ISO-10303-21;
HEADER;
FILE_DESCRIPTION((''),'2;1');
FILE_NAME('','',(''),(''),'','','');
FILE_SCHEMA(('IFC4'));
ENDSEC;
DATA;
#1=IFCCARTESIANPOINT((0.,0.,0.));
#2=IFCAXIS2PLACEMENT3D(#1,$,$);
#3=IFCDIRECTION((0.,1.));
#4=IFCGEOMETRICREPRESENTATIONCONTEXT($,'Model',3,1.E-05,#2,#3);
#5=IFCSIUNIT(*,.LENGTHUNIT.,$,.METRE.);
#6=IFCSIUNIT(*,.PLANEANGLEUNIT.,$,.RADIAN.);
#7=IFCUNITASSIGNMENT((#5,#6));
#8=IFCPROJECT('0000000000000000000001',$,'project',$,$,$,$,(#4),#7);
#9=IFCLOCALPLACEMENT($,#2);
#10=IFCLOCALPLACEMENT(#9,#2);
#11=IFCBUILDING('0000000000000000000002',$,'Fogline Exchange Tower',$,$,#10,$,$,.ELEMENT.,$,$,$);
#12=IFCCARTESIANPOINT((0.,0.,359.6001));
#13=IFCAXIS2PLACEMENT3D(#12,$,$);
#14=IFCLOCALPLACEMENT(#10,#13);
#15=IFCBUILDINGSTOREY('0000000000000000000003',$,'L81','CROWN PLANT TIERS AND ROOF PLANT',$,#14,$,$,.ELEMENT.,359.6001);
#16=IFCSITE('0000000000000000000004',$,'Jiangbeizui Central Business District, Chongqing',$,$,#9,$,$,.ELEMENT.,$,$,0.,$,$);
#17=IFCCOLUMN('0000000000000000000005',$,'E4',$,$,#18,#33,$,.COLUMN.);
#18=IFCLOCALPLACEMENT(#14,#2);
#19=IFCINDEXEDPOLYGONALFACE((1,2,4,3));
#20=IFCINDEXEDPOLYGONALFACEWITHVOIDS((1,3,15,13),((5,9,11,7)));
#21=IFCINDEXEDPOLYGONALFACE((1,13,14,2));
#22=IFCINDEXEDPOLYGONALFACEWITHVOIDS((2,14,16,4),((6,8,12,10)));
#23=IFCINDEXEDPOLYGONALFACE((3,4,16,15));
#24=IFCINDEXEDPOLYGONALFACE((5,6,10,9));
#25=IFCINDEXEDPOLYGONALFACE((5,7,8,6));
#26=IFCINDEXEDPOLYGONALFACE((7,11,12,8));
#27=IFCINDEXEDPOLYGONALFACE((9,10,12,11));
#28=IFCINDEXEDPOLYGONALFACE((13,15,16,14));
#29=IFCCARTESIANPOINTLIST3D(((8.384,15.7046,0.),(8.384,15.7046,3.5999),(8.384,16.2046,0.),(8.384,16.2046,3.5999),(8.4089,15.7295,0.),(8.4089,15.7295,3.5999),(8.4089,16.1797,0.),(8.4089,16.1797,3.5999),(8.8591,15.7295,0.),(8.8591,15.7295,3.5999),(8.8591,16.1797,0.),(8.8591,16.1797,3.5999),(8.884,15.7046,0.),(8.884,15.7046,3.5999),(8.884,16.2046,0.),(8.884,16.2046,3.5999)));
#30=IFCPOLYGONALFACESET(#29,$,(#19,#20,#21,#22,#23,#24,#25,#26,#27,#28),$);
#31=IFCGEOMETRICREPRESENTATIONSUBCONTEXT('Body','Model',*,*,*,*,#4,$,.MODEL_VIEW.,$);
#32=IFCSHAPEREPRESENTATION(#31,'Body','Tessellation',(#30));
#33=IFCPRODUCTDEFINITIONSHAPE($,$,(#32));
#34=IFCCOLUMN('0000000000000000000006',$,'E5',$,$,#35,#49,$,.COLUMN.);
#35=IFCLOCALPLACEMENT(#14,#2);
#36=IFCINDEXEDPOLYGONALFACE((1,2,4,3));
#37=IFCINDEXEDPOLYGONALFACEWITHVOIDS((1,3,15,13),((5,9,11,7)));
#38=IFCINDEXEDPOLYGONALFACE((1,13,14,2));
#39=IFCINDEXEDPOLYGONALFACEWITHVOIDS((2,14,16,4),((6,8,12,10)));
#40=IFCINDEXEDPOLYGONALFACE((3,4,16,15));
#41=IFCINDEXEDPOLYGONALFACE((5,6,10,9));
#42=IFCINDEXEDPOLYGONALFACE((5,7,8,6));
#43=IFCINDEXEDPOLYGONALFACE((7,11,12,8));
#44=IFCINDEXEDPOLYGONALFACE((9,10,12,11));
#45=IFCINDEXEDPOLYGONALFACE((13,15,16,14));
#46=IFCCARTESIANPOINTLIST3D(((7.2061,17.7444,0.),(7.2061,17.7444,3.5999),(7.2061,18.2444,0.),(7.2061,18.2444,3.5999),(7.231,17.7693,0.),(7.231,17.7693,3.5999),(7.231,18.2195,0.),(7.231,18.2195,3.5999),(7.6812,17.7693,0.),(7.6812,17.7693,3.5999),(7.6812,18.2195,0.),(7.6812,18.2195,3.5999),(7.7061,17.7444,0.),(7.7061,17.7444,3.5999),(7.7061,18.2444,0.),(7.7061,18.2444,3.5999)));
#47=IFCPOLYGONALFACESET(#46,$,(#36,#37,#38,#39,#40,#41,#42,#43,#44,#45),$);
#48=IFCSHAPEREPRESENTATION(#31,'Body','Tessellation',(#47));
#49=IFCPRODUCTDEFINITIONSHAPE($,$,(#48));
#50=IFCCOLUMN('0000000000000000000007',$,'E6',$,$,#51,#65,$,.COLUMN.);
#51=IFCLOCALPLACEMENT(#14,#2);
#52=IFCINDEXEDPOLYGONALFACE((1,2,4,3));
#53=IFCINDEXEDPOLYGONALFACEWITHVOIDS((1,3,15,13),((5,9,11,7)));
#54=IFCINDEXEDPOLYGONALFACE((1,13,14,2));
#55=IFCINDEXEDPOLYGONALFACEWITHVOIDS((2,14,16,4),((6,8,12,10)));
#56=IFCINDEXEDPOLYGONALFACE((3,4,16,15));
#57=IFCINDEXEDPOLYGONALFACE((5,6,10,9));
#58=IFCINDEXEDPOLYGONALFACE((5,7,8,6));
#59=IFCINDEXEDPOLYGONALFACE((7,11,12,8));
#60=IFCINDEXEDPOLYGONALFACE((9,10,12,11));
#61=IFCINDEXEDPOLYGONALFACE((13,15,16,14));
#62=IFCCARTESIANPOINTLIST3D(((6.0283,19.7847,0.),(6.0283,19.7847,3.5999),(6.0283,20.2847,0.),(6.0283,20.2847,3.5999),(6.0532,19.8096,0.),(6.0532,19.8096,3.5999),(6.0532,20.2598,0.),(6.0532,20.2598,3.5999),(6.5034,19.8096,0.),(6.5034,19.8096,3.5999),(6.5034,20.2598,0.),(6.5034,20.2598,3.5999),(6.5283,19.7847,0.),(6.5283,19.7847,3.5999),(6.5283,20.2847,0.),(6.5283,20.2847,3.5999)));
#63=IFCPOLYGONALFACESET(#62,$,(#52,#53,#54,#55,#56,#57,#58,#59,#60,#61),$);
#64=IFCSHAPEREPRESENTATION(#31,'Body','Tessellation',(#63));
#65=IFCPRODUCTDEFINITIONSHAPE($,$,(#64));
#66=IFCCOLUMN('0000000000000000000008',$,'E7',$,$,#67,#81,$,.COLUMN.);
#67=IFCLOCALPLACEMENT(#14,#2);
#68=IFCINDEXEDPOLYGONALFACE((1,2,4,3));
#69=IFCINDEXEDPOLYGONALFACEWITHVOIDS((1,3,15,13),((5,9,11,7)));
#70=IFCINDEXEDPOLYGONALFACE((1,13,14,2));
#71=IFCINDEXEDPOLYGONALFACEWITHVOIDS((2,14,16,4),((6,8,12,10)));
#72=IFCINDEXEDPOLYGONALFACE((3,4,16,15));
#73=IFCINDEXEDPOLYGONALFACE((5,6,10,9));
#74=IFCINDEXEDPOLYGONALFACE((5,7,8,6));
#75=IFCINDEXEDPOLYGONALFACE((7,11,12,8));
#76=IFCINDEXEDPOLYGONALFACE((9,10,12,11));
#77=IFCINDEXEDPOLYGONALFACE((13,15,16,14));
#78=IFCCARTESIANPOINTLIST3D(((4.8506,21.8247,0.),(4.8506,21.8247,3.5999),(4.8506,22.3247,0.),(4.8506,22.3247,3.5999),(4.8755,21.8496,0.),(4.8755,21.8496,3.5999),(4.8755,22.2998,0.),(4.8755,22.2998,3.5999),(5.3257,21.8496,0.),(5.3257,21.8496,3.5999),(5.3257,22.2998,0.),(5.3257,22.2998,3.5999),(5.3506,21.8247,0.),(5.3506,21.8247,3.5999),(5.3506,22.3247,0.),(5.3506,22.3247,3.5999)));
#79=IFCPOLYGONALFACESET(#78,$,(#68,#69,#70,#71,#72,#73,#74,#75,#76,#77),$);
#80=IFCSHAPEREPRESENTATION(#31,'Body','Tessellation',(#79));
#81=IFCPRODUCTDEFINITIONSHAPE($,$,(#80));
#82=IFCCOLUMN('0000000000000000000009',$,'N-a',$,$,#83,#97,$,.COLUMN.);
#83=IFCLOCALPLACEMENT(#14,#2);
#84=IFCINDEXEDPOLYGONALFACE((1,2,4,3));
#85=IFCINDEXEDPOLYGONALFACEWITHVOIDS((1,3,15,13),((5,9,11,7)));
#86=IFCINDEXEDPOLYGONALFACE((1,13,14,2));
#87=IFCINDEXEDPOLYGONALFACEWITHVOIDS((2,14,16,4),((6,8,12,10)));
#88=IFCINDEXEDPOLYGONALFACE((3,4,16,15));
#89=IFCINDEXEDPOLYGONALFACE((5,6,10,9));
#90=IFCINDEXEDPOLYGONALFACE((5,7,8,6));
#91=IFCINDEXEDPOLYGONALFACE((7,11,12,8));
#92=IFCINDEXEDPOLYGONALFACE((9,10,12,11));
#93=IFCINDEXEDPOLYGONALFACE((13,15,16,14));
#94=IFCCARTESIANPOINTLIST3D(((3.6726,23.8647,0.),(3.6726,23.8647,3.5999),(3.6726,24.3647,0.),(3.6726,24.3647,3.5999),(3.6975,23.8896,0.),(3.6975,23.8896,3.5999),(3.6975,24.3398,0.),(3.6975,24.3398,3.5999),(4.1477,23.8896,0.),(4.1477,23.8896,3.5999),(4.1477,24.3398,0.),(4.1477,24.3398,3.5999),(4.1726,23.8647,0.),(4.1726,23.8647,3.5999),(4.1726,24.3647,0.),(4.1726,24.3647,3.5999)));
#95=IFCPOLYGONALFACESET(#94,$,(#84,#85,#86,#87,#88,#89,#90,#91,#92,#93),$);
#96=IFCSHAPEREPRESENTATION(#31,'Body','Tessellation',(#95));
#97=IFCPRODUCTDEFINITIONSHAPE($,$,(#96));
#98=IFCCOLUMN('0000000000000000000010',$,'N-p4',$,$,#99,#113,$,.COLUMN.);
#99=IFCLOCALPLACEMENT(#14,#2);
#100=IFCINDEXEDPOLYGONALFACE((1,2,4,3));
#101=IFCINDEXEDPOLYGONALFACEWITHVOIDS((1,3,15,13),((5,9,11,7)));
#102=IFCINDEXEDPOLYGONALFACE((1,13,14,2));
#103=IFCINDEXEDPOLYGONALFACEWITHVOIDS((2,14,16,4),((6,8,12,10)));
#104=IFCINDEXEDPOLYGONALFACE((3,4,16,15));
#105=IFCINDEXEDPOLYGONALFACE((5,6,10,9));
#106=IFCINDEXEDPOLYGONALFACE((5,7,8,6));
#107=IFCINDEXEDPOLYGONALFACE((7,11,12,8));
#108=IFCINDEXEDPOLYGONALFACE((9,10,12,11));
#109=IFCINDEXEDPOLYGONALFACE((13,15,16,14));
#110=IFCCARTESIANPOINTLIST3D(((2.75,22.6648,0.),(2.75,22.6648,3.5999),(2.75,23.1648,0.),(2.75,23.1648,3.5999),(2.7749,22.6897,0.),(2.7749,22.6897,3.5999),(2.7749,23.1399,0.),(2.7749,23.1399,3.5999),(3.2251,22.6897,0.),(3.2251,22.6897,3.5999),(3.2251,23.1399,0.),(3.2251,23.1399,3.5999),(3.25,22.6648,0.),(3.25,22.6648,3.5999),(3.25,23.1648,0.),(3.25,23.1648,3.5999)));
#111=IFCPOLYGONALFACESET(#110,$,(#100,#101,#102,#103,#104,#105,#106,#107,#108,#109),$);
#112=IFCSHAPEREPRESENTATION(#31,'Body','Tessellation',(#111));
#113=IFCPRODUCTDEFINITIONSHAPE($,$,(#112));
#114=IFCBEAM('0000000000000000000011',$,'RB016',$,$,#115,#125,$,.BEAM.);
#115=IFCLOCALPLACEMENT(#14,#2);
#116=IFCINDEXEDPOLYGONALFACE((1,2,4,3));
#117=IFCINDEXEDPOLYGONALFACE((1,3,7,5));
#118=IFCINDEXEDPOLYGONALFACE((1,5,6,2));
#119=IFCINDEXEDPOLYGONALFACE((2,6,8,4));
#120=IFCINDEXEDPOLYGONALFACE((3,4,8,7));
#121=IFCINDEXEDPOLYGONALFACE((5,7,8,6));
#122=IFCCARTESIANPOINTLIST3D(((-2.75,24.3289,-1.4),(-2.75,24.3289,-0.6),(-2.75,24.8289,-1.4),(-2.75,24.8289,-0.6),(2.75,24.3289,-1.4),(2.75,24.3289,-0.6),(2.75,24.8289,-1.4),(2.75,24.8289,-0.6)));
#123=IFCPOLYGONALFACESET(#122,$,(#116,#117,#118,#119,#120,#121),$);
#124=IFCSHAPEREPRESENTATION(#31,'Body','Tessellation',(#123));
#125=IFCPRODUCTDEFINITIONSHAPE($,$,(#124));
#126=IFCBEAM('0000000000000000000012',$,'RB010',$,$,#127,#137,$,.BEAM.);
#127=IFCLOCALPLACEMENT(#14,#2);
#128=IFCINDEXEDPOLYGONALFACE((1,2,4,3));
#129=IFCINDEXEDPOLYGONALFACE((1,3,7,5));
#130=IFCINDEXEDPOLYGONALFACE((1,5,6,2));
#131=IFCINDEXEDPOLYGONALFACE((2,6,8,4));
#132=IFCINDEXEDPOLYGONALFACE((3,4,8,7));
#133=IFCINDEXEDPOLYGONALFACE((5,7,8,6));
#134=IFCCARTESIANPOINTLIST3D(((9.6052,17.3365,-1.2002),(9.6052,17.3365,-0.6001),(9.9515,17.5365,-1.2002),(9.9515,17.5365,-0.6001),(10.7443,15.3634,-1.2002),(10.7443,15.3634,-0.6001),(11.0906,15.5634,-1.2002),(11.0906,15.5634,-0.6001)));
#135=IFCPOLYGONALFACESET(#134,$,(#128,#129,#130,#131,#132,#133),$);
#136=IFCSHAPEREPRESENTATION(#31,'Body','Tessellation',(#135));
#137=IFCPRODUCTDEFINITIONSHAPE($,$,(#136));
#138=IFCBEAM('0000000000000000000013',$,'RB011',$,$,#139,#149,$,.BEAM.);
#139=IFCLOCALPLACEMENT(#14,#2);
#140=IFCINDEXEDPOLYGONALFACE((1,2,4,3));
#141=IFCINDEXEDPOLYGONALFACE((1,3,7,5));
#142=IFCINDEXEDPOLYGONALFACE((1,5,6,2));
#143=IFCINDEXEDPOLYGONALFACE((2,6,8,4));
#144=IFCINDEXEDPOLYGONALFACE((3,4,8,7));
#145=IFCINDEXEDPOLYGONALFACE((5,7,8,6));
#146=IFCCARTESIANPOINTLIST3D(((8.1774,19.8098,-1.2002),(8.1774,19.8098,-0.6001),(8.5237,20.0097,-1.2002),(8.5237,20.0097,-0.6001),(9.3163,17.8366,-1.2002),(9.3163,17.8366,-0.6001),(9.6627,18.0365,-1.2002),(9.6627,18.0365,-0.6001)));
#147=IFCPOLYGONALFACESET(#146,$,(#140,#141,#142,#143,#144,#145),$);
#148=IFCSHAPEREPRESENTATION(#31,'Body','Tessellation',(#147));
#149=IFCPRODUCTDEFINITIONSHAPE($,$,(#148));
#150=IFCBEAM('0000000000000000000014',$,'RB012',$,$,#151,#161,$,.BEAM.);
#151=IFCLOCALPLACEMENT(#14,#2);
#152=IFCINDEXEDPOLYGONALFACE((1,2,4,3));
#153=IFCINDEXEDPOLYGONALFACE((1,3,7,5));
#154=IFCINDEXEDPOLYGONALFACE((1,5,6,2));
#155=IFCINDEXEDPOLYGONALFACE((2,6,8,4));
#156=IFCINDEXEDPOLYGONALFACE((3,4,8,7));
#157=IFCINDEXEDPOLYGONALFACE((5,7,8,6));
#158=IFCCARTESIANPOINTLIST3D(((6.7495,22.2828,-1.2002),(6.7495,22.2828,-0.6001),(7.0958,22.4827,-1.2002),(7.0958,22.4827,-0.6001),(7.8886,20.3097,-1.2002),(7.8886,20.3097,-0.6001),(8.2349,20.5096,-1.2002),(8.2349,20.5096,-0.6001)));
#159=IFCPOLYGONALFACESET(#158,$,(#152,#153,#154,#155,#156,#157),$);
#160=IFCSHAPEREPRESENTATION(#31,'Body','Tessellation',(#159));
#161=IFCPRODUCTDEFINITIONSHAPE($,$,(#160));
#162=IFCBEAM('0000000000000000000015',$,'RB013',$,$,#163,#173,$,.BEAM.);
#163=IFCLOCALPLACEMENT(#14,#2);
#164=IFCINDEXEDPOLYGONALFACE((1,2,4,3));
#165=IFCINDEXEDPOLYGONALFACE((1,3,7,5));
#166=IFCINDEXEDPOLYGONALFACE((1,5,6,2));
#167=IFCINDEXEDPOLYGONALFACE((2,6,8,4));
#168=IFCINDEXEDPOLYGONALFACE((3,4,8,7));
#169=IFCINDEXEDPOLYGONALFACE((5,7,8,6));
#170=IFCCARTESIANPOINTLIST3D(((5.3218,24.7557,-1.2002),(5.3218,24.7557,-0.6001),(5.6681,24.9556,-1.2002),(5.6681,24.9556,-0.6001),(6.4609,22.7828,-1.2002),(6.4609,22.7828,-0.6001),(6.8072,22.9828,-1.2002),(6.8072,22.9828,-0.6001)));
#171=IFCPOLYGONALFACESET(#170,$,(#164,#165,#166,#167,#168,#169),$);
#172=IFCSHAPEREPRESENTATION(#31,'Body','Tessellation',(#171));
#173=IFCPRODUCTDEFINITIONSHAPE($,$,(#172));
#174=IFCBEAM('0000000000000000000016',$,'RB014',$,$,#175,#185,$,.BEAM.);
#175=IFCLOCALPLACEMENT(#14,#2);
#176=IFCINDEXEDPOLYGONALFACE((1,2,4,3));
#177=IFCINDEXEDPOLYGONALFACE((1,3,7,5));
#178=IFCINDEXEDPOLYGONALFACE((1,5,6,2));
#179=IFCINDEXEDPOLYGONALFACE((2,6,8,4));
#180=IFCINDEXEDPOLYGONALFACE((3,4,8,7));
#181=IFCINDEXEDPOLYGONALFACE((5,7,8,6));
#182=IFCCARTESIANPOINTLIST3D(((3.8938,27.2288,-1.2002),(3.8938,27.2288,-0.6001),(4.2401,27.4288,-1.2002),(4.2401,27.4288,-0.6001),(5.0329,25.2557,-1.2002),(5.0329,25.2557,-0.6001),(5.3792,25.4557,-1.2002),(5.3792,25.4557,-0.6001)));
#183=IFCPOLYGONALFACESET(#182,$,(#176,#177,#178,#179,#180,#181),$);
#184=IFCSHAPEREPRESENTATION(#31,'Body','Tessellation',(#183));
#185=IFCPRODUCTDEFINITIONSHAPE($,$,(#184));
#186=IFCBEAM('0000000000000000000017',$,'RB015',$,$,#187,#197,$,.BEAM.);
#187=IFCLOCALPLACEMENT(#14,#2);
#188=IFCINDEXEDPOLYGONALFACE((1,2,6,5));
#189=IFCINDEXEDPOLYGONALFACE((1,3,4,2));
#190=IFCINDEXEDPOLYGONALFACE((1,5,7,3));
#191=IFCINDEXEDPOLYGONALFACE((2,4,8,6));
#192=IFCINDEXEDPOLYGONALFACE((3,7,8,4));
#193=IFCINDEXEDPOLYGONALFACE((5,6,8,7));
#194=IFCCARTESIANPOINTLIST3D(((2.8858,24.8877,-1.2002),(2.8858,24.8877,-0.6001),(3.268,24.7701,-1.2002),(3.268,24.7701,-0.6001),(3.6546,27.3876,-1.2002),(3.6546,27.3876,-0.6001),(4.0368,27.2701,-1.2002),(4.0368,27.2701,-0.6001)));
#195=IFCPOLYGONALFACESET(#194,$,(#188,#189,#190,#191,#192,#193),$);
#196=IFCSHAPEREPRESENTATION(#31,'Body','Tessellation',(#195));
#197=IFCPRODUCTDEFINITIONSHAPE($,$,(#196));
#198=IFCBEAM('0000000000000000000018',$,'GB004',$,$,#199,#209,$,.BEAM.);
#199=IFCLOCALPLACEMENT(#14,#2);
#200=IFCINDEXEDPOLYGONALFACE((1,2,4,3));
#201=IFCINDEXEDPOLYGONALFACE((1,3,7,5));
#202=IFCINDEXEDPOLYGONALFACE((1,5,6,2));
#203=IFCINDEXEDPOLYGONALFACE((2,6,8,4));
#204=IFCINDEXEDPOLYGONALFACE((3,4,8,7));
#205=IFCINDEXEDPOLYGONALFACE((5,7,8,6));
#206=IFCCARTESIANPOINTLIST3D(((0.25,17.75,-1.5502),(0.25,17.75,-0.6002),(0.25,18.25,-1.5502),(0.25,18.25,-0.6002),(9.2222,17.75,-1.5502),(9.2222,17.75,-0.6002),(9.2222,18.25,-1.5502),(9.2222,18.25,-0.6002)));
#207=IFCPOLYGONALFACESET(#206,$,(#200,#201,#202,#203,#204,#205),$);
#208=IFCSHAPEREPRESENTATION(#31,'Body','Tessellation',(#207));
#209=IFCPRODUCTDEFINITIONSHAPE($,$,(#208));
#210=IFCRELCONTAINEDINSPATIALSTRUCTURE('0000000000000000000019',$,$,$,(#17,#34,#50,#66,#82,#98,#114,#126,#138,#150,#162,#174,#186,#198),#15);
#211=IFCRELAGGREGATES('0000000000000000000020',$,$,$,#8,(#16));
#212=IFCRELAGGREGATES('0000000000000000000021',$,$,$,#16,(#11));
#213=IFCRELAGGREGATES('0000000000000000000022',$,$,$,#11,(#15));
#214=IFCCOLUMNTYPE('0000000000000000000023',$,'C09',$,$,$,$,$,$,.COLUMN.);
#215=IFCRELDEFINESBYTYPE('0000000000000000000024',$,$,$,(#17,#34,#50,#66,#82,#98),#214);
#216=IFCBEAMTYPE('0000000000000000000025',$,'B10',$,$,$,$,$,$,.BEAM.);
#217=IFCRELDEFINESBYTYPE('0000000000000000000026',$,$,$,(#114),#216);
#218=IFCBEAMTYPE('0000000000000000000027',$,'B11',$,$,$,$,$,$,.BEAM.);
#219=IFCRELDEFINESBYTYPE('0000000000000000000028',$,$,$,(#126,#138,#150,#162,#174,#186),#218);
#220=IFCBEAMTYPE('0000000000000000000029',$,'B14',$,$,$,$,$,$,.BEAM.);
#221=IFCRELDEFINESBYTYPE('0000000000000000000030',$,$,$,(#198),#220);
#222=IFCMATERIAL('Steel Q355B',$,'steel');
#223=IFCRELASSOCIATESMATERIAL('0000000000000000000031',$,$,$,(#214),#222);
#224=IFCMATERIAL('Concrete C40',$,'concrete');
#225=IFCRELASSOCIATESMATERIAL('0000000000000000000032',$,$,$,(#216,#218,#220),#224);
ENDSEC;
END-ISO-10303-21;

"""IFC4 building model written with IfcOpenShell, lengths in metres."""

from ifc_helpers import new_model, si_unit, direction, frame, origin, origin_2d, place, context, subcontext, project, spatial, rectangle, hollow_rectangle, extrude, material, material_profile, profile_set, type_object, element, save


model = new_model("IFC4")

# Units and contexts
model_context = context("Model", 3, precision=1e-05, world=origin(), true_north=direction((0.0, 1.0)))
body_context = subcontext(model_context, "Body", "Model", "MODEL_VIEW")
ifc_project = project(units=[si_unit("LENGTHUNIT", "METRE"), si_unit("PLANEANGLEUNIT", "RADIAN")], contexts=[model_context])

# Site, building, storey
site_placement = place(None, origin())
site = spatial("IfcSite", under=ifc_project, at=site_placement, Name="Jiangbeizui Central Business District, Chongqing", CompositionType="ELEMENT", RefElevation=0.0)
building_placement = place(site_placement, origin())
building = spatial("IfcBuilding", under=site, at=building_placement, Name="Fogline Exchange Tower", CompositionType="ELEMENT")
storey_placement = place(building_placement, frame((0.0, 0.0, 359.6001)))
storey = spatial("IfcBuildingStorey", under=building, at=storey_placement, Name="L81", Description="CROWN PLANT TIERS AND ROOF PLANT", CompositionType="ELEMENT", Elevation=359.6001)

# Columns
ifc_material_1 = material(Name="Steel Q355B", Category="steel")
ifc_material_profile_1 = material_profile(ifc_material_1, hollow_rectangle(XDim=0.5, YDim=0.5, WallThickness=0.0249, at=origin_2d()), Name="BOX500X500X25")
ifc_profile_set_1 = profile_set([ifc_material_profile_1], Name="Steel Q355B")
column_type = type_object("IfcColumnType", Name="C09", PredefinedType="COLUMN", material=ifc_profile_set_1)
for number, where, z_axis, x_axis, name in (
    (1, (8.634, 15.9546, 0.0), (0.0, 0.0, 1.0), (1.0, 0.0, 0.0), "E4"),
    (2, (7.4561, 17.9944, 0.0), (0.0, 0.0, 1.0), (1.0, 0.0, 0.0), "E5"),
    (3, (6.2783, 20.0347, 0.0), (0.0, 0.0, 1.0), (1.0, 0.0, 0.0), "E6"),
    (4, (5.1006, 22.0747, 0.0), (0.0, 0.0, 1.0), (1.0, 0.0, 0.0), "E7"),
    (5, (3.9226, 24.1147, 0.0), (0.0, 0.0, 1.0), (1.0, 0.0, 0.0), "N-a"),
    (6, (3.0, 22.9148, 0.0), (0.0, 0.0, 1.0), (1.0, 0.0, 0.0), "N-p4"),
):
    element("IfcColumn", number, at=place(storey_placement, frame(where, z_axis=z_axis, x_axis=x_axis)), inside=storey, type_object=column_type, Name=name, PredefinedType="COLUMN", context=body_context, shape_type="SweptSolid", body=[
        extrude(hollow_rectangle(XDim=0.5, YDim=0.5, WallThickness=0.0249, at=origin_2d()), origin(), (0.0, 0.0, 1.0), 3.5999),
    ])

# Beams
ifc_material_2 = material(Name="Concrete C40", Category="concrete")
ifc_material_profile_2 = material_profile(ifc_material_2, rectangle(XDim=0.5, YDim=0.8, at=origin_2d()), Name="RC 500x800")
ifc_profile_set_2 = profile_set([ifc_material_profile_2], Name="Concrete C40")
beam_type_1 = type_object("IfcBeamType", Name="B10", PredefinedType="BEAM", material=ifc_profile_set_2)
beam_1_placement = place(storey_placement, frame((2.75, 24.5789, -1.0), z_axis=(-1.0, 0.0, 0.0), x_axis=(0.0, -1.0, 0.0)))
element("IfcBeam", 7, at=beam_1_placement, inside=storey, type_object=beam_type_1, Name="RB016", PredefinedType="BEAM", context=body_context, shape_type="SweptSolid", body=[
    extrude(rectangle(XDim=0.5, YDim=0.8, at=origin_2d()), origin(), (0.0, 0.0, 1.0), 5.5),
])
ifc_material_profile_3 = material_profile(ifc_material_2, rectangle(XDim=0.3999, YDim=0.6001, at=origin_2d()), Name="RC 400x600")
ifc_profile_set_3 = profile_set([ifc_material_profile_3], Name="Concrete C40")
beam_type_2 = type_object("IfcBeamType", Name="B11", PredefinedType="BEAM", material=ifc_profile_set_3)
for number, where, z_axis, x_axis, name in (
    (8, (10.9175, 15.4634, -0.9001), (-0.499988, 0.866032, 0.0), (-0.866032, -0.499988, 0.0), "RB010"),
    (9, (9.4895, 17.9365, -0.9001), (-0.499908, 0.866079, 0.0), (-0.866079, -0.499908, 0.0), "RB011"),
    (10, (8.0618, 20.4097, -0.9001), (-0.499988, 0.866032, 0.0), (-0.866032, -0.499988, 0.0), "RB012"),
):
    element("IfcBeam", number, at=place(storey_placement, frame(where, z_axis=z_axis, x_axis=x_axis)), inside=storey, type_object=beam_type_2, Name=name, PredefinedType="BEAM", context=body_context, shape_type="SweptSolid", body=[
        extrude(rectangle(XDim=0.3999, YDim=0.6001, at=origin_2d()), origin(), (0.0, 0.0, 1.0), 2.2783),
    ])
beam_2_placement = place(storey_placement, frame((6.634, 22.8828, -0.9001), z_axis=(-0.500035, 0.866005, 0.0), x_axis=(-0.866005, -0.500035, 0.0)))
element("IfcBeam", 11, at=beam_2_placement, inside=storey, type_object=beam_type_2, Name="RB013", PredefinedType="BEAM", context=body_context, shape_type="SweptSolid", body=[
    extrude(rectangle(XDim=0.3999, YDim=0.6001, at=origin_2d()), origin(), (0.0, 0.0, 1.0), 2.2781),
])
beam_3_placement = place(storey_placement, frame((5.2061, 25.3557, -0.9001), z_axis=(-0.499988, 0.866032, 0.0), x_axis=(-0.866032, -0.499988, 0.0)))
element("IfcBeam", 12, at=beam_3_placement, inside=storey, type_object=beam_type_2, Name="RB014", PredefinedType="BEAM", context=body_context, shape_type="SweptSolid", body=[
    extrude(rectangle(XDim=0.3999, YDim=0.6001, at=origin_2d()), origin(), (0.0, 0.0, 1.0), 2.2783),
])
beam_4_placement = place(storey_placement, frame((3.8457, 27.3289, -0.9001), z_axis=(-0.293935, -0.955825, 0.0), x_axis=(0.955825, -0.293935, 0.0)))
element("IfcBeam", 13, at=beam_4_placement, inside=storey, type_object=beam_type_2, Name="RB015", PredefinedType="BEAM", context=body_context, shape_type="SweptSolid", body=[
    extrude(rectangle(XDim=0.3999, YDim=0.6001, at=origin_2d()), origin(), (0.0, 0.0, 1.0), 2.6155),
])
ifc_material_profile_4 = material_profile(ifc_material_2, rectangle(XDim=0.5, YDim=0.95, at=origin_2d()), Name="RC 500x950")
ifc_profile_set_4 = profile_set([ifc_material_profile_4], Name="Concrete C40")
beam_type_3 = type_object("IfcBeamType", Name="B14", PredefinedType="BEAM", material=ifc_profile_set_4)
beam_5_placement = place(storey_placement, frame((0.25, 18.0, -1.0752), z_axis=(1.0, 0.0, 0.0), x_axis=(0.0, 1.0, 0.0)))
element("IfcBeam", 14, at=beam_5_placement, inside=storey, type_object=beam_type_3, Name="GB004", PredefinedType="BEAM", context=body_context, shape_type="SweptSolid", body=[
    extrude(rectangle(XDim=0.5, YDim=0.95, at=origin_2d()), origin(), (0.0, 0.0, 1.0), 8.9722),
])

save(model, "model.ifc")
